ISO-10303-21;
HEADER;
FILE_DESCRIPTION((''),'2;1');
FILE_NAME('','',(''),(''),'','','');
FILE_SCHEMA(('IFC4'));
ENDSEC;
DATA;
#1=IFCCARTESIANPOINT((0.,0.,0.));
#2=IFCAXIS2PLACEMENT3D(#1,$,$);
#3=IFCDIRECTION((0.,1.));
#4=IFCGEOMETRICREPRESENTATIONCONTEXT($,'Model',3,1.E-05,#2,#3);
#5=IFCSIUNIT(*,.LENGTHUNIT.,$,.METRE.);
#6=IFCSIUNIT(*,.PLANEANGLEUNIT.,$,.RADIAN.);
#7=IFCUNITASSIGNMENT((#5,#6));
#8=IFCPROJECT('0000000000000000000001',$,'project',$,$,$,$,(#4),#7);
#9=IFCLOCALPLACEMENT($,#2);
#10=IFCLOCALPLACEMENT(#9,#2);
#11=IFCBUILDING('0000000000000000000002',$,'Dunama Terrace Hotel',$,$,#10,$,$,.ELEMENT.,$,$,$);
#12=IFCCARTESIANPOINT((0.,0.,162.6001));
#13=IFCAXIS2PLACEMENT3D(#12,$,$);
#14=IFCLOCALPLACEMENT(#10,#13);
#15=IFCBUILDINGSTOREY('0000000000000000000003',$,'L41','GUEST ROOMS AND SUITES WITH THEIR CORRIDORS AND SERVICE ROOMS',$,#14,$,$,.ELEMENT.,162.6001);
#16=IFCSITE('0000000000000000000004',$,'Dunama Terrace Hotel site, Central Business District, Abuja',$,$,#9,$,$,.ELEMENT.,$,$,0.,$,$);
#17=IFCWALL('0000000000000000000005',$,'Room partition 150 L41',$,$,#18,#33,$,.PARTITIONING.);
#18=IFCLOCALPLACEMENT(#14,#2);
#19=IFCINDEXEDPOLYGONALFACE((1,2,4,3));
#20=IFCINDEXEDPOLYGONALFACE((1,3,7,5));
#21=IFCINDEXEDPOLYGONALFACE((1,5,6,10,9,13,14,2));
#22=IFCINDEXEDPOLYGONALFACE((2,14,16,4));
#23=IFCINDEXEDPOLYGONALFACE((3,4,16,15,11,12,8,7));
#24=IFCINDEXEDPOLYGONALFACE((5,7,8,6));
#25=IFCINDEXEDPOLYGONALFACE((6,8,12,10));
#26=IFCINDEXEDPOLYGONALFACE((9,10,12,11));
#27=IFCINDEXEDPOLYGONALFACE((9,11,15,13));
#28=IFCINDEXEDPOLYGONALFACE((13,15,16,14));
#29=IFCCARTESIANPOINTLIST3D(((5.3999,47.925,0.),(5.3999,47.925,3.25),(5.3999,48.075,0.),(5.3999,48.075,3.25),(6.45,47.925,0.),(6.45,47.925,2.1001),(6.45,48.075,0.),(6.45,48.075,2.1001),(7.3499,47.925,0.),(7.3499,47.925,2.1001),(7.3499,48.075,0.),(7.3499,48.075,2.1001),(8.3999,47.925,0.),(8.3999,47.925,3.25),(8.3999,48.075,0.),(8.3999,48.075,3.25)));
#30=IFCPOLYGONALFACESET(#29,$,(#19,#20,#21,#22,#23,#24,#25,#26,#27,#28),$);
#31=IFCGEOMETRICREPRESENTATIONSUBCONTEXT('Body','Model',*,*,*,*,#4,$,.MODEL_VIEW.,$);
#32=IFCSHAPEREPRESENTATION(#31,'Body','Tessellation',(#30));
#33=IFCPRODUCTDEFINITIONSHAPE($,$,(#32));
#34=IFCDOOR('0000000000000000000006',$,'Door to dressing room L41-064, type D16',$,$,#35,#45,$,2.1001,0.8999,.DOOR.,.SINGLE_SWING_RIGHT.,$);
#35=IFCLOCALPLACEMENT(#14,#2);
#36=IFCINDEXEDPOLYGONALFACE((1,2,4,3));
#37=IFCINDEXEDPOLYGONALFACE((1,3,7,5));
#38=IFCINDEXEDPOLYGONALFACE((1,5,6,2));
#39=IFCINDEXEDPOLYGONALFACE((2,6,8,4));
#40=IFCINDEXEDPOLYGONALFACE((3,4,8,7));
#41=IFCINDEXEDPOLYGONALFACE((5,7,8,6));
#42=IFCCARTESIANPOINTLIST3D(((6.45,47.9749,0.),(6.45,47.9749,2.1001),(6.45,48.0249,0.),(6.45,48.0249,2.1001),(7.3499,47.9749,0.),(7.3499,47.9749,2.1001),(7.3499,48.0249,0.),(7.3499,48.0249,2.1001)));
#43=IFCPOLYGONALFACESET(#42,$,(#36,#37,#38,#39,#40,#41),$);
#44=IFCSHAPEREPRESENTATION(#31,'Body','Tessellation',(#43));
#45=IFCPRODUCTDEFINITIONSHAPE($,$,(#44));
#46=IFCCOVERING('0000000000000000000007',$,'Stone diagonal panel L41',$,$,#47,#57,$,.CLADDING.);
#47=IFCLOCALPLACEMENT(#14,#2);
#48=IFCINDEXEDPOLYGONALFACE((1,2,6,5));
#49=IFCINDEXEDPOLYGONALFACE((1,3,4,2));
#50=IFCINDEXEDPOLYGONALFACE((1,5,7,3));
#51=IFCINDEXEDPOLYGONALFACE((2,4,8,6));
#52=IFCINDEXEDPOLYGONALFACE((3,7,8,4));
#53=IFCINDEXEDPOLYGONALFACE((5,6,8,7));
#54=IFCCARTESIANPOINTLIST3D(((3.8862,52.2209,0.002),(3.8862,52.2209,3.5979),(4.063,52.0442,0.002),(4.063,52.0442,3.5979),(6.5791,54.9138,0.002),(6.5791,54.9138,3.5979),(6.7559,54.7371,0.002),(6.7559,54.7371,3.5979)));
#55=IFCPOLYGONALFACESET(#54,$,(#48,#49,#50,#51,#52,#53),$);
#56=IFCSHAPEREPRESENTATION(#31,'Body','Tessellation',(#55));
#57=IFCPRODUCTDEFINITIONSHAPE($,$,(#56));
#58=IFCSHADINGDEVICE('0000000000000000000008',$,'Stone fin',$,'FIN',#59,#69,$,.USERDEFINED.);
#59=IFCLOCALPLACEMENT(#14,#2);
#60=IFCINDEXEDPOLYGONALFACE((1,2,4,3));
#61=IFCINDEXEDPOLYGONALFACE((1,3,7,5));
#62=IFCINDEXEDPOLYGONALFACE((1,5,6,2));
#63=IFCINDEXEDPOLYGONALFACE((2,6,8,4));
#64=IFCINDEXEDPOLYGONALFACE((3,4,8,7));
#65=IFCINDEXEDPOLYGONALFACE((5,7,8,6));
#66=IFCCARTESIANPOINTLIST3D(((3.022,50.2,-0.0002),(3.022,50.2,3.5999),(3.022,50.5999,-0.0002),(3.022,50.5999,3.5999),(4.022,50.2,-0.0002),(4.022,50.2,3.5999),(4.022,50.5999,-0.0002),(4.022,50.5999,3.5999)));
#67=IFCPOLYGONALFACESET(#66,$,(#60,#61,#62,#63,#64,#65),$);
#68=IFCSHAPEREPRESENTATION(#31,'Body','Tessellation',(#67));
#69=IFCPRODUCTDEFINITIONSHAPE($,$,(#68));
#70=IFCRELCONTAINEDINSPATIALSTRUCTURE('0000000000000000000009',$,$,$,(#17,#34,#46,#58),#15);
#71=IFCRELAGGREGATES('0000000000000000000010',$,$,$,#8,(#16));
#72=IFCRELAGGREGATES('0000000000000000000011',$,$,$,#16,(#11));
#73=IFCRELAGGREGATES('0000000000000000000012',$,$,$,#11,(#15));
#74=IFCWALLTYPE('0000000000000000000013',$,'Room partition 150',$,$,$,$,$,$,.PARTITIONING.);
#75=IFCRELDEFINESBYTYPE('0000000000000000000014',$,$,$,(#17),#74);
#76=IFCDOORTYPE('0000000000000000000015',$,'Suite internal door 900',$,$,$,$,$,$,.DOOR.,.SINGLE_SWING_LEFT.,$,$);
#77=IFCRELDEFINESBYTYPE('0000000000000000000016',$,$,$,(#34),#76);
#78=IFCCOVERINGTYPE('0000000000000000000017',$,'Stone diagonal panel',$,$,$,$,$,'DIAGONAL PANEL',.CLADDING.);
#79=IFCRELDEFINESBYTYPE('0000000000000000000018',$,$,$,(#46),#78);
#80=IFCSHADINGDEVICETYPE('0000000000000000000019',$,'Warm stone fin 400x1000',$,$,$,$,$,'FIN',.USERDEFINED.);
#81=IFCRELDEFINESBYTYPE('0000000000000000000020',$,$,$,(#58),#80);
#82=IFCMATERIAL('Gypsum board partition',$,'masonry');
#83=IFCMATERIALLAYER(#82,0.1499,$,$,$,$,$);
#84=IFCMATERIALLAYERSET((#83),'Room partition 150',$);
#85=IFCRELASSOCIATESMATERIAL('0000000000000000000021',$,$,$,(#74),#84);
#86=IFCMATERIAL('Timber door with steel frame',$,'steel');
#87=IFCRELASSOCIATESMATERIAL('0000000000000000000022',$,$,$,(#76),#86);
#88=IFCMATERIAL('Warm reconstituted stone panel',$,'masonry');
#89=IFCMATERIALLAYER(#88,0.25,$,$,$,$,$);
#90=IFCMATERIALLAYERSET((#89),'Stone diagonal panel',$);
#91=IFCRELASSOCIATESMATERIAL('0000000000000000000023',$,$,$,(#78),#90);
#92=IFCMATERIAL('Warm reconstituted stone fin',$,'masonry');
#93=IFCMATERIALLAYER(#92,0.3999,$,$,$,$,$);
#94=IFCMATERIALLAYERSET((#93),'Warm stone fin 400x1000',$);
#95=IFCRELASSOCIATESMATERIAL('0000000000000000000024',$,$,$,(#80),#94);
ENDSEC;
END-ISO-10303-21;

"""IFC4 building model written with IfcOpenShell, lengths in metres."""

from ifc_helpers import new_model, si_unit, direction, frame, frame_2d, origin, origin_2d, place, context, subcontext, project, spatial, rectangle, extrude, material, layer, layer_set, type_object, element, fill, save


model = new_model("IFC4")

# Units and contexts
model_context = context("Model", 3, precision=1e-05, world=origin(), true_north=direction((0.0, 1.0)))
body_context = subcontext(model_context, "Body", "Model", "MODEL_VIEW")
ifc_project = project(units=[si_unit("LENGTHUNIT", "METRE"), si_unit("PLANEANGLEUNIT", "RADIAN")], contexts=[model_context])

# Site, building, storey
site_placement = place(None, origin())
site = spatial("IfcSite", under=ifc_project, at=site_placement, Name="Dunama Terrace Hotel site, Central Business District, Abuja", CompositionType="ELEMENT", RefElevation=0.0)
building_placement = place(site_placement, origin())
building = spatial("IfcBuilding", under=site, at=building_placement, Name="Dunama Terrace Hotel", CompositionType="ELEMENT")
storey_placement = place(building_placement, frame((0.0, 0.0, 162.6001)))
storey = spatial("IfcBuildingStorey", under=building, at=storey_placement, Name="L41", Description="GUEST ROOMS AND SUITES WITH THEIR CORRIDORS AND SERVICE ROOMS", CompositionType="ELEMENT", Elevation=162.6001)

# Shared definitions
ifc_material_1 = material(Name="Gypsum board partition", Category="masonry")
ifc_layer_1 = layer(ifc_material_1, 0.1499)
ifc_layer_set_1 = layer_set([ifc_layer_1], Name="Room partition 150")
wall_type_1 = type_object("IfcWallType", Name="Room partition 150", PredefinedType="PARTITIONING", material=ifc_layer_set_1)

# Shared definitions
ifc_material_2 = material(Name="Timber door with steel frame", Category="steel")
door_type_1 = type_object("IfcDoorType", Name="Suite internal door 900", OperationType="SINGLE_SWING_LEFT", PredefinedType="DOOR", material=ifc_material_2)

# Wall, opening, door
wall_1_placement = place(storey_placement, frame((5.3999, 48.0, 0.0), z_axis=(0.0, 0.0, 1.0), x_axis=(1.0, 0.0, 0.0)))
wall_1 = element("IfcWall", 1, at=wall_1_placement, inside=storey, type_object=wall_type_1, Name="Room partition 150 L41", PredefinedType="PARTITIONING", context=body_context, shape_type="SweptSolid", body=[
    extrude(rectangle(XDim=3.0, YDim=0.1499, at=frame_2d((1.5, 0.0))), origin(), (0.0, 0.0, 1.0), 3.25),
])
opening_1_placement = place(wall_1_placement, frame((1.05, 0.0, 0.0)))
opening_1 = element("IfcOpeningElement", 2, at=opening_1_placement, cuts=wall_1, PredefinedType="OPENING", context=body_context, shape_type="SweptSolid", body=[
    extrude(rectangle(XDim=0.8999, YDim=2.1001, at=frame_2d((0.45, 1.05))), frame((0.0, 0.085, 0.0), z_axis=(0.0, -1.0, 0.0), x_axis=(1.0, 0.0, 0.0)), (0.0, 0.0, 1.0), 0.1699),
])
door_1_placement = place(opening_1_placement, frame((0.8999, 0.0, 0.0), z_axis=(0.0, 0.0, 1.0), x_axis=(-1.0, 0.0, 0.0)))
door_1 = element("IfcDoor", 3, at=door_1_placement, inside=storey, type_object=door_type_1, Name="Door to dressing room L41-064, type D16", OperationType="SINGLE_SWING_RIGHT", OverallHeight=2.1001, OverallWidth=0.8999, PredefinedType="DOOR", context=body_context, shape_type="SweptSolid", body=[
    extrude(rectangle(XDim=0.8999, YDim=2.1001, at=frame_2d((0.45, 1.05))), frame((0.0, 0.0251, 0.0), z_axis=(0.0, -1.0, 0.0), x_axis=(1.0, 0.0, 0.0)), (0.0, 0.0, 1.0), 0.05),
])
fill(opening_1, door_1)

# Covering
ifc_material_3 = material(Name="Warm reconstituted stone panel", Category="masonry")
ifc_layer_2 = layer(ifc_material_3, 0.25)
ifc_layer_set_2 = layer_set([ifc_layer_2], Name="Stone diagonal panel")
covering_type = type_object("IfcCoveringType", Name="Stone diagonal panel", ElementType="DIAGONAL PANEL", PredefinedType="CLADDING", material=ifc_layer_set_2)
covering_placement = place(storey_placement, frame((5.321, 53.479, 0.002), z_axis=(0.0, 0.0, 1.0), x_axis=(-0.707107, -0.707107, 0.0)))
element("IfcCovering", 4, at=covering_placement, inside=storey, type_object=covering_type, Name="Stone diagonal panel L41", PredefinedType="CLADDING", context=body_context, shape_type="SweptSolid", body=[
    extrude(rectangle(XDim=3.8083, YDim=0.25, at=origin_2d()), origin(), (0.0, 0.0, 1.0), 3.5959),
])

# Shading device
ifc_material_4 = material(Name="Warm reconstituted stone fin", Category="masonry")
ifc_layer_3 = layer(ifc_material_4, 0.3999)
ifc_layer_set_3 = layer_set([ifc_layer_3], Name="Warm stone fin 400x1000")
shading_device_type = type_object("IfcShadingDeviceType", Name="Warm stone fin 400x1000", ElementType="FIN", PredefinedType="USERDEFINED", material=ifc_layer_set_3)
shading_device_placement = place(storey_placement, frame((3.522, 50.3999, -0.0002), z_axis=(0.0, 0.0, 1.0), x_axis=(0.0, -1.0, 0.0)))
element("IfcShadingDevice", 5, at=shading_device_placement, inside=storey, type_object=shading_device_type, Name="Stone fin", ObjectType="FIN", PredefinedType="USERDEFINED", context=body_context, shape_type="SweptSolid", body=[
    extrude(rectangle(XDim=0.3999, YDim=1.0, at=origin_2d()), origin(), (0.0, 0.0, 1.0), 3.6001),
])

save(model, "model.ifc")
